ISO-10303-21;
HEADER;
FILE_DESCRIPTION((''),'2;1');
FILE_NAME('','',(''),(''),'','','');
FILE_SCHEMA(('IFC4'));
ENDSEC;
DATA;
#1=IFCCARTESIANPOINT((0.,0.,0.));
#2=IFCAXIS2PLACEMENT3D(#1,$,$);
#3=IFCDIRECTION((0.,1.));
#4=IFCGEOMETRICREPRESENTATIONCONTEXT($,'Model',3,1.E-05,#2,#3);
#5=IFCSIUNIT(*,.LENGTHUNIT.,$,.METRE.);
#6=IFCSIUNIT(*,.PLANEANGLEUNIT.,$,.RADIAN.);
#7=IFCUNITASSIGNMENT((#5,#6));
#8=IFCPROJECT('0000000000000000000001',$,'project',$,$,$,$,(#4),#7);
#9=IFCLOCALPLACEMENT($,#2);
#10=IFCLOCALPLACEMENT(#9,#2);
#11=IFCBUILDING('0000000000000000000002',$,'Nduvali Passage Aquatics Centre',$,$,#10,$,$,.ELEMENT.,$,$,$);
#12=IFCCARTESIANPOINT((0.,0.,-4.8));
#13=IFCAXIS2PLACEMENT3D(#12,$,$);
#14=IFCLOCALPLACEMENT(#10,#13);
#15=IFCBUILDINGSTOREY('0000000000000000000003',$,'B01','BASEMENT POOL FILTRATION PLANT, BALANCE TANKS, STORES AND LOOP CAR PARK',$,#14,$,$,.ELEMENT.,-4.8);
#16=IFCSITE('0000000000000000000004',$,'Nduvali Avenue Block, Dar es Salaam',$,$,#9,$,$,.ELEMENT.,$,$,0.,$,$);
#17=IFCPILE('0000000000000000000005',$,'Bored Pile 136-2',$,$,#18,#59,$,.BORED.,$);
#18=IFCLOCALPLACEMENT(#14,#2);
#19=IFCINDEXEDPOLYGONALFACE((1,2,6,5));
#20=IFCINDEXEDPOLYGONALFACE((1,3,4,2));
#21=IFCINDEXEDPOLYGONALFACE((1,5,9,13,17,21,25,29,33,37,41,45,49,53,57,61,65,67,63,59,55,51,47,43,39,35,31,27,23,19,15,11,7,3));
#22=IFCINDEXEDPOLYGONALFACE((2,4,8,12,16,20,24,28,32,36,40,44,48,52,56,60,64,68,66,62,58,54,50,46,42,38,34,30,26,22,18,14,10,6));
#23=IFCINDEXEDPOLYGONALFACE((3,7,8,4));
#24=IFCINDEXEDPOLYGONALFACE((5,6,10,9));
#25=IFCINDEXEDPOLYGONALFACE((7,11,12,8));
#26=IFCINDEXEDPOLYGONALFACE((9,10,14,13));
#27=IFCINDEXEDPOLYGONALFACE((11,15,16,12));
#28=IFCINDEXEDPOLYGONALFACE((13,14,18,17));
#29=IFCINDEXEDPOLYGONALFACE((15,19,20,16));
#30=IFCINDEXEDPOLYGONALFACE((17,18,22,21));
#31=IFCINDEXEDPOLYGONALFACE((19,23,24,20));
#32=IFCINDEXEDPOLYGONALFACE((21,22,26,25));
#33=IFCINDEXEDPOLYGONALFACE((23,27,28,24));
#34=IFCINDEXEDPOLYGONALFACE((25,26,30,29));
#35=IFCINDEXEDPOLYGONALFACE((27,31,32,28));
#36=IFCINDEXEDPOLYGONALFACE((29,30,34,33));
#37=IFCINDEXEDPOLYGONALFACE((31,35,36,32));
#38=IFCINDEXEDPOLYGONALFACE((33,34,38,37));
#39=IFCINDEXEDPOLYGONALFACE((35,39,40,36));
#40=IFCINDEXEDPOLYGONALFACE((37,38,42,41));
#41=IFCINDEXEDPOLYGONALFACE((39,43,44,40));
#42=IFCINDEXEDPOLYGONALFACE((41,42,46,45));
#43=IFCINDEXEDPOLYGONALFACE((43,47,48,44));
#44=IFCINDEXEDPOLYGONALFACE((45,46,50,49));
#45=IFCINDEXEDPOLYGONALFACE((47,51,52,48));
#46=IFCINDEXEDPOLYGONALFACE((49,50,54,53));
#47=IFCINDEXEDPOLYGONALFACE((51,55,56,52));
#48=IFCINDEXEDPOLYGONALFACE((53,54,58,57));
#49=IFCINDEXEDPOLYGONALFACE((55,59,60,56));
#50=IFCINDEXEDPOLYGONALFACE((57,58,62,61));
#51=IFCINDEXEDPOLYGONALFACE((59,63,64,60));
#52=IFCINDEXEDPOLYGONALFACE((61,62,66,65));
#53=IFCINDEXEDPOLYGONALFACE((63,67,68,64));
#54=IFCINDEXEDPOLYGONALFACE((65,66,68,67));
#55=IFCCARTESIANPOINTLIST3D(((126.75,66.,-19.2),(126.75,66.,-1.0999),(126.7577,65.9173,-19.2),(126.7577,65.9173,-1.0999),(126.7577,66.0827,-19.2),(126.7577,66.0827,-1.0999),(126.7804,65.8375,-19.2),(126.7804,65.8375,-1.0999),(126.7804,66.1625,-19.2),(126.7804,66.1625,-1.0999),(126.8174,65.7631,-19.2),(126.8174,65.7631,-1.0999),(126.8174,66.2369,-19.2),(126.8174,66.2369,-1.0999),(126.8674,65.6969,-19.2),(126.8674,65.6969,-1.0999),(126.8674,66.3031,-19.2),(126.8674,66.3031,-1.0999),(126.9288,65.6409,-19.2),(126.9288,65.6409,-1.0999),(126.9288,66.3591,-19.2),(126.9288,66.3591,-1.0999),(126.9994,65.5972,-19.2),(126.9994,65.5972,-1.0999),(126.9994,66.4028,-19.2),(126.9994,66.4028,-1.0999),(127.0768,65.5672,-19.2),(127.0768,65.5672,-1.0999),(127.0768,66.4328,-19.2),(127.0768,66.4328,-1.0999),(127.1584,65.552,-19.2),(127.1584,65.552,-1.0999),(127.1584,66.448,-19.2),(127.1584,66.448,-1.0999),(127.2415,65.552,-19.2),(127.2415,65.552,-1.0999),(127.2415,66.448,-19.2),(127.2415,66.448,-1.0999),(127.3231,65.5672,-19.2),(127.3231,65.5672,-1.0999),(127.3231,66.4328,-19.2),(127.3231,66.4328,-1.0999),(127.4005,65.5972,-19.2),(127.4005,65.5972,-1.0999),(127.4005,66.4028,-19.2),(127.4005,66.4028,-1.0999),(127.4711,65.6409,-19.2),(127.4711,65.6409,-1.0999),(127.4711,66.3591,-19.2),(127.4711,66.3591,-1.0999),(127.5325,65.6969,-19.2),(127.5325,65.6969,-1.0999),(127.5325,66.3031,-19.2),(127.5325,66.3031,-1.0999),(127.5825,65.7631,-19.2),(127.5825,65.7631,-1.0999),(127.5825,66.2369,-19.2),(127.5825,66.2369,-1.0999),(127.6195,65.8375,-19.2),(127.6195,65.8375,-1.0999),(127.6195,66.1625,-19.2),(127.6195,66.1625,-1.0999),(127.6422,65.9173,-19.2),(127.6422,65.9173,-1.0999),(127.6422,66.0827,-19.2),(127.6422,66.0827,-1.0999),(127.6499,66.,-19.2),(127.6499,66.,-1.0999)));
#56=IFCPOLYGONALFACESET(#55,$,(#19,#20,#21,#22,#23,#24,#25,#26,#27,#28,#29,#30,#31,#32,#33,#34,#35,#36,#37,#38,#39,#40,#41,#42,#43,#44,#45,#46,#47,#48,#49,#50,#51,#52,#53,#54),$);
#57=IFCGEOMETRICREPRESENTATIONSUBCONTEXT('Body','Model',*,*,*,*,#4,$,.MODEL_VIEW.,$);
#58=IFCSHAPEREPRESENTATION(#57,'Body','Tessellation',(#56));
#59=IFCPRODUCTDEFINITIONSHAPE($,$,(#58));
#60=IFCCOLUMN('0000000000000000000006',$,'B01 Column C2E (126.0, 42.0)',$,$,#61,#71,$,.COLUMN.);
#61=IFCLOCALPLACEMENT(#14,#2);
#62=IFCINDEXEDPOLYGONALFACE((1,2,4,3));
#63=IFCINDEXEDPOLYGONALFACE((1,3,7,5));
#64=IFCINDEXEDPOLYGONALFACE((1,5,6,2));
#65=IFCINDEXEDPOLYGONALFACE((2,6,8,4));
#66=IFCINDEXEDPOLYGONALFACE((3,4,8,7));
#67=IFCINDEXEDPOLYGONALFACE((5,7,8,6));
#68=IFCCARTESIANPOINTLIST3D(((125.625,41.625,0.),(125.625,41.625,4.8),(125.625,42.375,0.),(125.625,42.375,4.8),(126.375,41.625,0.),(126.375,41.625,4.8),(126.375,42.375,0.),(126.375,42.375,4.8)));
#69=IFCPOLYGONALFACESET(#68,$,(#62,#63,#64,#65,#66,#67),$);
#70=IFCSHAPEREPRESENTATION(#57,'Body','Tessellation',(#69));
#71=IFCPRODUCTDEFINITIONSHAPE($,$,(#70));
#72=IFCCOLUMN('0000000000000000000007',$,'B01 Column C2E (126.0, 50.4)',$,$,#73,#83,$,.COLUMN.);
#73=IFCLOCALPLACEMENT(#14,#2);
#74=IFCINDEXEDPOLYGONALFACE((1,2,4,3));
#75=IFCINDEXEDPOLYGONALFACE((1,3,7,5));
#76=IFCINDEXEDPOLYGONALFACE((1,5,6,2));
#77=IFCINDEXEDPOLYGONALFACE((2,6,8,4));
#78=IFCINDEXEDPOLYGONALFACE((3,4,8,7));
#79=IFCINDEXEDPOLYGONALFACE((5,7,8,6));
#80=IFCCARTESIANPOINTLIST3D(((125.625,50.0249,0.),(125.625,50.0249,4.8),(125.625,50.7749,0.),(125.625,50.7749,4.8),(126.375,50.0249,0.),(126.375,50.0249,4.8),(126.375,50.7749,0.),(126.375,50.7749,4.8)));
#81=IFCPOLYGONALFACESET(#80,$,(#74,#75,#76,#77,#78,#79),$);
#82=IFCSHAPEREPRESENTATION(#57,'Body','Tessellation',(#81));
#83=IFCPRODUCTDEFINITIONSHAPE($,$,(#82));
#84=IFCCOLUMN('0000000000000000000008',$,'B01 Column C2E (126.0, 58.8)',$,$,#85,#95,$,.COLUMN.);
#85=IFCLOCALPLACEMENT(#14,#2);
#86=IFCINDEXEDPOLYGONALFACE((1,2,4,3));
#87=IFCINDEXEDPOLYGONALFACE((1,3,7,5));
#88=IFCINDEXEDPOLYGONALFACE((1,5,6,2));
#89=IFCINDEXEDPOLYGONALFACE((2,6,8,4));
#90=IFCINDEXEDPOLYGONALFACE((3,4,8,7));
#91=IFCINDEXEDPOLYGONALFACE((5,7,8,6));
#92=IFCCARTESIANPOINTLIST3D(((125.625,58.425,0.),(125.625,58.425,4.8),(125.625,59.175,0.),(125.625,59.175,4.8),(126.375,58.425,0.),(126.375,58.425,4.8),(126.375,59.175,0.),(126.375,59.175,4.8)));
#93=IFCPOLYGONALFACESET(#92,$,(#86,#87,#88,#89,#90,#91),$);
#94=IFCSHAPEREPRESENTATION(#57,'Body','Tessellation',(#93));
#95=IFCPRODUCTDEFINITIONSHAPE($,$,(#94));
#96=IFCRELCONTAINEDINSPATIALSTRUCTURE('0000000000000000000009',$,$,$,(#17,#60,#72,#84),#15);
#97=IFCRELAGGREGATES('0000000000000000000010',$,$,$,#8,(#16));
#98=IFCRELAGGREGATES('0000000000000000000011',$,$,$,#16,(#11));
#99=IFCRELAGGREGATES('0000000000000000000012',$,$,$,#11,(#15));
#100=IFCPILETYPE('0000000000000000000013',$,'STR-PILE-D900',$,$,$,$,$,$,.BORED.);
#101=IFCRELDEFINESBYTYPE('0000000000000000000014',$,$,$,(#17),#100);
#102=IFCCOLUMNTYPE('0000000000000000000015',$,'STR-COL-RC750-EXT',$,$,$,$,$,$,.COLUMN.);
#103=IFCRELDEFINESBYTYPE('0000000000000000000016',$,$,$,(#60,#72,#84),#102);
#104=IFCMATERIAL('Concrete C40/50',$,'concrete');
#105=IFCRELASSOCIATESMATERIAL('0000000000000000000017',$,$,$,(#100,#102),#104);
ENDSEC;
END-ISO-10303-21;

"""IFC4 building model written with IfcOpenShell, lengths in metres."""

from ifc_helpers import new_model, si_unit, direction, frame, origin, origin_2d, place, context, subcontext, project, spatial, rectangle, circle, extrude, material, material_profile, profile_set, type_object, element, save


model = new_model("IFC4")

# Units and contexts
model_context = context("Model", 3, precision=1e-05, world=origin(), true_north=direction((0.0, 1.0)))
body_context = subcontext(model_context, "Body", "Model", "MODEL_VIEW")
ifc_project = project(units=[si_unit("LENGTHUNIT", "METRE"), si_unit("PLANEANGLEUNIT", "RADIAN")], contexts=[model_context])

# Site, building, storey
site_placement = place(None, origin())
site = spatial("IfcSite", under=ifc_project, at=site_placement, Name="Nduvali Avenue Block, Dar es Salaam", CompositionType="ELEMENT", RefElevation=0.0)
building_placement = place(site_placement, origin())
building = spatial("IfcBuilding", under=site, at=building_placement, Name="Nduvali Passage Aquatics Centre", CompositionType="ELEMENT")
storey_placement = place(building_placement, frame((0.0, 0.0, -4.8)))
storey = spatial("IfcBuildingStorey", under=building, at=storey_placement, Name="B01", Description="BASEMENT POOL FILTRATION PLANT, BALANCE TANKS, STORES AND LOOP CAR PARK", CompositionType="ELEMENT", Elevation=-4.8)

# Shared definitions
ifc_material = material(Name="Concrete C40/50", Category="concrete")

# Pile
ifc_material_profile_1 = material_profile(ifc_material, circle(Radius=0.45, at=origin_2d()), Name="PILE D900")
ifc_profile_set_1 = profile_set([ifc_material_profile_1], Name="Concrete C40/50")
pile_type_1 = type_object("IfcPileType", Name="STR-PILE-D900", PredefinedType="BORED", material=ifc_profile_set_1)
for number, where, z_axis, x_axis, name in (
    (1, (127.2, 66.0, -1.0999), (0.0, 0.0, -1.0), (1.0, 0.0, 0.0), "Bored Pile 136-2"),
):
    element("IfcPile", number, at=place(storey_placement, frame(where, z_axis=z_axis, x_axis=x_axis)), inside=storey, type_object=pile_type_1, Name=name, PredefinedType="BORED", context=body_context, shape_type="SweptSolid", body=[
        extrude(circle(Radius=0.45, at=origin_2d()), origin(), (0.0, 0.0, 1.0), 18.1001),
    ])

# Columns
ifc_material_profile_2 = material_profile(ifc_material, rectangle(XDim=0.75, YDim=0.75, at=origin_2d()), Name="RC 750x750")
ifc_profile_set_2 = profile_set([ifc_material_profile_2], Name="Concrete C40/50")
column_type = type_object("IfcColumnType", Name="STR-COL-RC750-EXT", PredefinedType="COLUMN", material=ifc_profile_set_2)
for number, where, z_axis, x_axis, name in (
    (2, (126.0, 42.0, 0.0), (0.0, 0.0, 1.0), (1.0, 0.0, 0.0), "B01 Column C2E (126.0, 42.0)"),
    (3, (126.0, 50.3999, 0.0), (0.0, 0.0, 1.0), (1.0, 0.0, 0.0), "B01 Column C2E (126.0, 50.4)"),
    (4, (126.0, 58.8, 0.0), (0.0, 0.0, 1.0), (1.0, 0.0, 0.0), "B01 Column C2E (126.0, 58.8)"),
):
    element("IfcColumn", number, at=place(storey_placement, frame(where, z_axis=z_axis, x_axis=x_axis)), inside=storey, type_object=column_type, Name=name, PredefinedType="COLUMN", context=body_context, shape_type="SweptSolid", body=[
        extrude(rectangle(XDim=0.75, YDim=0.75, at=origin_2d()), origin(), (0.0, 0.0, 1.0), 4.8),
    ])

save(model, "model.ifc")
